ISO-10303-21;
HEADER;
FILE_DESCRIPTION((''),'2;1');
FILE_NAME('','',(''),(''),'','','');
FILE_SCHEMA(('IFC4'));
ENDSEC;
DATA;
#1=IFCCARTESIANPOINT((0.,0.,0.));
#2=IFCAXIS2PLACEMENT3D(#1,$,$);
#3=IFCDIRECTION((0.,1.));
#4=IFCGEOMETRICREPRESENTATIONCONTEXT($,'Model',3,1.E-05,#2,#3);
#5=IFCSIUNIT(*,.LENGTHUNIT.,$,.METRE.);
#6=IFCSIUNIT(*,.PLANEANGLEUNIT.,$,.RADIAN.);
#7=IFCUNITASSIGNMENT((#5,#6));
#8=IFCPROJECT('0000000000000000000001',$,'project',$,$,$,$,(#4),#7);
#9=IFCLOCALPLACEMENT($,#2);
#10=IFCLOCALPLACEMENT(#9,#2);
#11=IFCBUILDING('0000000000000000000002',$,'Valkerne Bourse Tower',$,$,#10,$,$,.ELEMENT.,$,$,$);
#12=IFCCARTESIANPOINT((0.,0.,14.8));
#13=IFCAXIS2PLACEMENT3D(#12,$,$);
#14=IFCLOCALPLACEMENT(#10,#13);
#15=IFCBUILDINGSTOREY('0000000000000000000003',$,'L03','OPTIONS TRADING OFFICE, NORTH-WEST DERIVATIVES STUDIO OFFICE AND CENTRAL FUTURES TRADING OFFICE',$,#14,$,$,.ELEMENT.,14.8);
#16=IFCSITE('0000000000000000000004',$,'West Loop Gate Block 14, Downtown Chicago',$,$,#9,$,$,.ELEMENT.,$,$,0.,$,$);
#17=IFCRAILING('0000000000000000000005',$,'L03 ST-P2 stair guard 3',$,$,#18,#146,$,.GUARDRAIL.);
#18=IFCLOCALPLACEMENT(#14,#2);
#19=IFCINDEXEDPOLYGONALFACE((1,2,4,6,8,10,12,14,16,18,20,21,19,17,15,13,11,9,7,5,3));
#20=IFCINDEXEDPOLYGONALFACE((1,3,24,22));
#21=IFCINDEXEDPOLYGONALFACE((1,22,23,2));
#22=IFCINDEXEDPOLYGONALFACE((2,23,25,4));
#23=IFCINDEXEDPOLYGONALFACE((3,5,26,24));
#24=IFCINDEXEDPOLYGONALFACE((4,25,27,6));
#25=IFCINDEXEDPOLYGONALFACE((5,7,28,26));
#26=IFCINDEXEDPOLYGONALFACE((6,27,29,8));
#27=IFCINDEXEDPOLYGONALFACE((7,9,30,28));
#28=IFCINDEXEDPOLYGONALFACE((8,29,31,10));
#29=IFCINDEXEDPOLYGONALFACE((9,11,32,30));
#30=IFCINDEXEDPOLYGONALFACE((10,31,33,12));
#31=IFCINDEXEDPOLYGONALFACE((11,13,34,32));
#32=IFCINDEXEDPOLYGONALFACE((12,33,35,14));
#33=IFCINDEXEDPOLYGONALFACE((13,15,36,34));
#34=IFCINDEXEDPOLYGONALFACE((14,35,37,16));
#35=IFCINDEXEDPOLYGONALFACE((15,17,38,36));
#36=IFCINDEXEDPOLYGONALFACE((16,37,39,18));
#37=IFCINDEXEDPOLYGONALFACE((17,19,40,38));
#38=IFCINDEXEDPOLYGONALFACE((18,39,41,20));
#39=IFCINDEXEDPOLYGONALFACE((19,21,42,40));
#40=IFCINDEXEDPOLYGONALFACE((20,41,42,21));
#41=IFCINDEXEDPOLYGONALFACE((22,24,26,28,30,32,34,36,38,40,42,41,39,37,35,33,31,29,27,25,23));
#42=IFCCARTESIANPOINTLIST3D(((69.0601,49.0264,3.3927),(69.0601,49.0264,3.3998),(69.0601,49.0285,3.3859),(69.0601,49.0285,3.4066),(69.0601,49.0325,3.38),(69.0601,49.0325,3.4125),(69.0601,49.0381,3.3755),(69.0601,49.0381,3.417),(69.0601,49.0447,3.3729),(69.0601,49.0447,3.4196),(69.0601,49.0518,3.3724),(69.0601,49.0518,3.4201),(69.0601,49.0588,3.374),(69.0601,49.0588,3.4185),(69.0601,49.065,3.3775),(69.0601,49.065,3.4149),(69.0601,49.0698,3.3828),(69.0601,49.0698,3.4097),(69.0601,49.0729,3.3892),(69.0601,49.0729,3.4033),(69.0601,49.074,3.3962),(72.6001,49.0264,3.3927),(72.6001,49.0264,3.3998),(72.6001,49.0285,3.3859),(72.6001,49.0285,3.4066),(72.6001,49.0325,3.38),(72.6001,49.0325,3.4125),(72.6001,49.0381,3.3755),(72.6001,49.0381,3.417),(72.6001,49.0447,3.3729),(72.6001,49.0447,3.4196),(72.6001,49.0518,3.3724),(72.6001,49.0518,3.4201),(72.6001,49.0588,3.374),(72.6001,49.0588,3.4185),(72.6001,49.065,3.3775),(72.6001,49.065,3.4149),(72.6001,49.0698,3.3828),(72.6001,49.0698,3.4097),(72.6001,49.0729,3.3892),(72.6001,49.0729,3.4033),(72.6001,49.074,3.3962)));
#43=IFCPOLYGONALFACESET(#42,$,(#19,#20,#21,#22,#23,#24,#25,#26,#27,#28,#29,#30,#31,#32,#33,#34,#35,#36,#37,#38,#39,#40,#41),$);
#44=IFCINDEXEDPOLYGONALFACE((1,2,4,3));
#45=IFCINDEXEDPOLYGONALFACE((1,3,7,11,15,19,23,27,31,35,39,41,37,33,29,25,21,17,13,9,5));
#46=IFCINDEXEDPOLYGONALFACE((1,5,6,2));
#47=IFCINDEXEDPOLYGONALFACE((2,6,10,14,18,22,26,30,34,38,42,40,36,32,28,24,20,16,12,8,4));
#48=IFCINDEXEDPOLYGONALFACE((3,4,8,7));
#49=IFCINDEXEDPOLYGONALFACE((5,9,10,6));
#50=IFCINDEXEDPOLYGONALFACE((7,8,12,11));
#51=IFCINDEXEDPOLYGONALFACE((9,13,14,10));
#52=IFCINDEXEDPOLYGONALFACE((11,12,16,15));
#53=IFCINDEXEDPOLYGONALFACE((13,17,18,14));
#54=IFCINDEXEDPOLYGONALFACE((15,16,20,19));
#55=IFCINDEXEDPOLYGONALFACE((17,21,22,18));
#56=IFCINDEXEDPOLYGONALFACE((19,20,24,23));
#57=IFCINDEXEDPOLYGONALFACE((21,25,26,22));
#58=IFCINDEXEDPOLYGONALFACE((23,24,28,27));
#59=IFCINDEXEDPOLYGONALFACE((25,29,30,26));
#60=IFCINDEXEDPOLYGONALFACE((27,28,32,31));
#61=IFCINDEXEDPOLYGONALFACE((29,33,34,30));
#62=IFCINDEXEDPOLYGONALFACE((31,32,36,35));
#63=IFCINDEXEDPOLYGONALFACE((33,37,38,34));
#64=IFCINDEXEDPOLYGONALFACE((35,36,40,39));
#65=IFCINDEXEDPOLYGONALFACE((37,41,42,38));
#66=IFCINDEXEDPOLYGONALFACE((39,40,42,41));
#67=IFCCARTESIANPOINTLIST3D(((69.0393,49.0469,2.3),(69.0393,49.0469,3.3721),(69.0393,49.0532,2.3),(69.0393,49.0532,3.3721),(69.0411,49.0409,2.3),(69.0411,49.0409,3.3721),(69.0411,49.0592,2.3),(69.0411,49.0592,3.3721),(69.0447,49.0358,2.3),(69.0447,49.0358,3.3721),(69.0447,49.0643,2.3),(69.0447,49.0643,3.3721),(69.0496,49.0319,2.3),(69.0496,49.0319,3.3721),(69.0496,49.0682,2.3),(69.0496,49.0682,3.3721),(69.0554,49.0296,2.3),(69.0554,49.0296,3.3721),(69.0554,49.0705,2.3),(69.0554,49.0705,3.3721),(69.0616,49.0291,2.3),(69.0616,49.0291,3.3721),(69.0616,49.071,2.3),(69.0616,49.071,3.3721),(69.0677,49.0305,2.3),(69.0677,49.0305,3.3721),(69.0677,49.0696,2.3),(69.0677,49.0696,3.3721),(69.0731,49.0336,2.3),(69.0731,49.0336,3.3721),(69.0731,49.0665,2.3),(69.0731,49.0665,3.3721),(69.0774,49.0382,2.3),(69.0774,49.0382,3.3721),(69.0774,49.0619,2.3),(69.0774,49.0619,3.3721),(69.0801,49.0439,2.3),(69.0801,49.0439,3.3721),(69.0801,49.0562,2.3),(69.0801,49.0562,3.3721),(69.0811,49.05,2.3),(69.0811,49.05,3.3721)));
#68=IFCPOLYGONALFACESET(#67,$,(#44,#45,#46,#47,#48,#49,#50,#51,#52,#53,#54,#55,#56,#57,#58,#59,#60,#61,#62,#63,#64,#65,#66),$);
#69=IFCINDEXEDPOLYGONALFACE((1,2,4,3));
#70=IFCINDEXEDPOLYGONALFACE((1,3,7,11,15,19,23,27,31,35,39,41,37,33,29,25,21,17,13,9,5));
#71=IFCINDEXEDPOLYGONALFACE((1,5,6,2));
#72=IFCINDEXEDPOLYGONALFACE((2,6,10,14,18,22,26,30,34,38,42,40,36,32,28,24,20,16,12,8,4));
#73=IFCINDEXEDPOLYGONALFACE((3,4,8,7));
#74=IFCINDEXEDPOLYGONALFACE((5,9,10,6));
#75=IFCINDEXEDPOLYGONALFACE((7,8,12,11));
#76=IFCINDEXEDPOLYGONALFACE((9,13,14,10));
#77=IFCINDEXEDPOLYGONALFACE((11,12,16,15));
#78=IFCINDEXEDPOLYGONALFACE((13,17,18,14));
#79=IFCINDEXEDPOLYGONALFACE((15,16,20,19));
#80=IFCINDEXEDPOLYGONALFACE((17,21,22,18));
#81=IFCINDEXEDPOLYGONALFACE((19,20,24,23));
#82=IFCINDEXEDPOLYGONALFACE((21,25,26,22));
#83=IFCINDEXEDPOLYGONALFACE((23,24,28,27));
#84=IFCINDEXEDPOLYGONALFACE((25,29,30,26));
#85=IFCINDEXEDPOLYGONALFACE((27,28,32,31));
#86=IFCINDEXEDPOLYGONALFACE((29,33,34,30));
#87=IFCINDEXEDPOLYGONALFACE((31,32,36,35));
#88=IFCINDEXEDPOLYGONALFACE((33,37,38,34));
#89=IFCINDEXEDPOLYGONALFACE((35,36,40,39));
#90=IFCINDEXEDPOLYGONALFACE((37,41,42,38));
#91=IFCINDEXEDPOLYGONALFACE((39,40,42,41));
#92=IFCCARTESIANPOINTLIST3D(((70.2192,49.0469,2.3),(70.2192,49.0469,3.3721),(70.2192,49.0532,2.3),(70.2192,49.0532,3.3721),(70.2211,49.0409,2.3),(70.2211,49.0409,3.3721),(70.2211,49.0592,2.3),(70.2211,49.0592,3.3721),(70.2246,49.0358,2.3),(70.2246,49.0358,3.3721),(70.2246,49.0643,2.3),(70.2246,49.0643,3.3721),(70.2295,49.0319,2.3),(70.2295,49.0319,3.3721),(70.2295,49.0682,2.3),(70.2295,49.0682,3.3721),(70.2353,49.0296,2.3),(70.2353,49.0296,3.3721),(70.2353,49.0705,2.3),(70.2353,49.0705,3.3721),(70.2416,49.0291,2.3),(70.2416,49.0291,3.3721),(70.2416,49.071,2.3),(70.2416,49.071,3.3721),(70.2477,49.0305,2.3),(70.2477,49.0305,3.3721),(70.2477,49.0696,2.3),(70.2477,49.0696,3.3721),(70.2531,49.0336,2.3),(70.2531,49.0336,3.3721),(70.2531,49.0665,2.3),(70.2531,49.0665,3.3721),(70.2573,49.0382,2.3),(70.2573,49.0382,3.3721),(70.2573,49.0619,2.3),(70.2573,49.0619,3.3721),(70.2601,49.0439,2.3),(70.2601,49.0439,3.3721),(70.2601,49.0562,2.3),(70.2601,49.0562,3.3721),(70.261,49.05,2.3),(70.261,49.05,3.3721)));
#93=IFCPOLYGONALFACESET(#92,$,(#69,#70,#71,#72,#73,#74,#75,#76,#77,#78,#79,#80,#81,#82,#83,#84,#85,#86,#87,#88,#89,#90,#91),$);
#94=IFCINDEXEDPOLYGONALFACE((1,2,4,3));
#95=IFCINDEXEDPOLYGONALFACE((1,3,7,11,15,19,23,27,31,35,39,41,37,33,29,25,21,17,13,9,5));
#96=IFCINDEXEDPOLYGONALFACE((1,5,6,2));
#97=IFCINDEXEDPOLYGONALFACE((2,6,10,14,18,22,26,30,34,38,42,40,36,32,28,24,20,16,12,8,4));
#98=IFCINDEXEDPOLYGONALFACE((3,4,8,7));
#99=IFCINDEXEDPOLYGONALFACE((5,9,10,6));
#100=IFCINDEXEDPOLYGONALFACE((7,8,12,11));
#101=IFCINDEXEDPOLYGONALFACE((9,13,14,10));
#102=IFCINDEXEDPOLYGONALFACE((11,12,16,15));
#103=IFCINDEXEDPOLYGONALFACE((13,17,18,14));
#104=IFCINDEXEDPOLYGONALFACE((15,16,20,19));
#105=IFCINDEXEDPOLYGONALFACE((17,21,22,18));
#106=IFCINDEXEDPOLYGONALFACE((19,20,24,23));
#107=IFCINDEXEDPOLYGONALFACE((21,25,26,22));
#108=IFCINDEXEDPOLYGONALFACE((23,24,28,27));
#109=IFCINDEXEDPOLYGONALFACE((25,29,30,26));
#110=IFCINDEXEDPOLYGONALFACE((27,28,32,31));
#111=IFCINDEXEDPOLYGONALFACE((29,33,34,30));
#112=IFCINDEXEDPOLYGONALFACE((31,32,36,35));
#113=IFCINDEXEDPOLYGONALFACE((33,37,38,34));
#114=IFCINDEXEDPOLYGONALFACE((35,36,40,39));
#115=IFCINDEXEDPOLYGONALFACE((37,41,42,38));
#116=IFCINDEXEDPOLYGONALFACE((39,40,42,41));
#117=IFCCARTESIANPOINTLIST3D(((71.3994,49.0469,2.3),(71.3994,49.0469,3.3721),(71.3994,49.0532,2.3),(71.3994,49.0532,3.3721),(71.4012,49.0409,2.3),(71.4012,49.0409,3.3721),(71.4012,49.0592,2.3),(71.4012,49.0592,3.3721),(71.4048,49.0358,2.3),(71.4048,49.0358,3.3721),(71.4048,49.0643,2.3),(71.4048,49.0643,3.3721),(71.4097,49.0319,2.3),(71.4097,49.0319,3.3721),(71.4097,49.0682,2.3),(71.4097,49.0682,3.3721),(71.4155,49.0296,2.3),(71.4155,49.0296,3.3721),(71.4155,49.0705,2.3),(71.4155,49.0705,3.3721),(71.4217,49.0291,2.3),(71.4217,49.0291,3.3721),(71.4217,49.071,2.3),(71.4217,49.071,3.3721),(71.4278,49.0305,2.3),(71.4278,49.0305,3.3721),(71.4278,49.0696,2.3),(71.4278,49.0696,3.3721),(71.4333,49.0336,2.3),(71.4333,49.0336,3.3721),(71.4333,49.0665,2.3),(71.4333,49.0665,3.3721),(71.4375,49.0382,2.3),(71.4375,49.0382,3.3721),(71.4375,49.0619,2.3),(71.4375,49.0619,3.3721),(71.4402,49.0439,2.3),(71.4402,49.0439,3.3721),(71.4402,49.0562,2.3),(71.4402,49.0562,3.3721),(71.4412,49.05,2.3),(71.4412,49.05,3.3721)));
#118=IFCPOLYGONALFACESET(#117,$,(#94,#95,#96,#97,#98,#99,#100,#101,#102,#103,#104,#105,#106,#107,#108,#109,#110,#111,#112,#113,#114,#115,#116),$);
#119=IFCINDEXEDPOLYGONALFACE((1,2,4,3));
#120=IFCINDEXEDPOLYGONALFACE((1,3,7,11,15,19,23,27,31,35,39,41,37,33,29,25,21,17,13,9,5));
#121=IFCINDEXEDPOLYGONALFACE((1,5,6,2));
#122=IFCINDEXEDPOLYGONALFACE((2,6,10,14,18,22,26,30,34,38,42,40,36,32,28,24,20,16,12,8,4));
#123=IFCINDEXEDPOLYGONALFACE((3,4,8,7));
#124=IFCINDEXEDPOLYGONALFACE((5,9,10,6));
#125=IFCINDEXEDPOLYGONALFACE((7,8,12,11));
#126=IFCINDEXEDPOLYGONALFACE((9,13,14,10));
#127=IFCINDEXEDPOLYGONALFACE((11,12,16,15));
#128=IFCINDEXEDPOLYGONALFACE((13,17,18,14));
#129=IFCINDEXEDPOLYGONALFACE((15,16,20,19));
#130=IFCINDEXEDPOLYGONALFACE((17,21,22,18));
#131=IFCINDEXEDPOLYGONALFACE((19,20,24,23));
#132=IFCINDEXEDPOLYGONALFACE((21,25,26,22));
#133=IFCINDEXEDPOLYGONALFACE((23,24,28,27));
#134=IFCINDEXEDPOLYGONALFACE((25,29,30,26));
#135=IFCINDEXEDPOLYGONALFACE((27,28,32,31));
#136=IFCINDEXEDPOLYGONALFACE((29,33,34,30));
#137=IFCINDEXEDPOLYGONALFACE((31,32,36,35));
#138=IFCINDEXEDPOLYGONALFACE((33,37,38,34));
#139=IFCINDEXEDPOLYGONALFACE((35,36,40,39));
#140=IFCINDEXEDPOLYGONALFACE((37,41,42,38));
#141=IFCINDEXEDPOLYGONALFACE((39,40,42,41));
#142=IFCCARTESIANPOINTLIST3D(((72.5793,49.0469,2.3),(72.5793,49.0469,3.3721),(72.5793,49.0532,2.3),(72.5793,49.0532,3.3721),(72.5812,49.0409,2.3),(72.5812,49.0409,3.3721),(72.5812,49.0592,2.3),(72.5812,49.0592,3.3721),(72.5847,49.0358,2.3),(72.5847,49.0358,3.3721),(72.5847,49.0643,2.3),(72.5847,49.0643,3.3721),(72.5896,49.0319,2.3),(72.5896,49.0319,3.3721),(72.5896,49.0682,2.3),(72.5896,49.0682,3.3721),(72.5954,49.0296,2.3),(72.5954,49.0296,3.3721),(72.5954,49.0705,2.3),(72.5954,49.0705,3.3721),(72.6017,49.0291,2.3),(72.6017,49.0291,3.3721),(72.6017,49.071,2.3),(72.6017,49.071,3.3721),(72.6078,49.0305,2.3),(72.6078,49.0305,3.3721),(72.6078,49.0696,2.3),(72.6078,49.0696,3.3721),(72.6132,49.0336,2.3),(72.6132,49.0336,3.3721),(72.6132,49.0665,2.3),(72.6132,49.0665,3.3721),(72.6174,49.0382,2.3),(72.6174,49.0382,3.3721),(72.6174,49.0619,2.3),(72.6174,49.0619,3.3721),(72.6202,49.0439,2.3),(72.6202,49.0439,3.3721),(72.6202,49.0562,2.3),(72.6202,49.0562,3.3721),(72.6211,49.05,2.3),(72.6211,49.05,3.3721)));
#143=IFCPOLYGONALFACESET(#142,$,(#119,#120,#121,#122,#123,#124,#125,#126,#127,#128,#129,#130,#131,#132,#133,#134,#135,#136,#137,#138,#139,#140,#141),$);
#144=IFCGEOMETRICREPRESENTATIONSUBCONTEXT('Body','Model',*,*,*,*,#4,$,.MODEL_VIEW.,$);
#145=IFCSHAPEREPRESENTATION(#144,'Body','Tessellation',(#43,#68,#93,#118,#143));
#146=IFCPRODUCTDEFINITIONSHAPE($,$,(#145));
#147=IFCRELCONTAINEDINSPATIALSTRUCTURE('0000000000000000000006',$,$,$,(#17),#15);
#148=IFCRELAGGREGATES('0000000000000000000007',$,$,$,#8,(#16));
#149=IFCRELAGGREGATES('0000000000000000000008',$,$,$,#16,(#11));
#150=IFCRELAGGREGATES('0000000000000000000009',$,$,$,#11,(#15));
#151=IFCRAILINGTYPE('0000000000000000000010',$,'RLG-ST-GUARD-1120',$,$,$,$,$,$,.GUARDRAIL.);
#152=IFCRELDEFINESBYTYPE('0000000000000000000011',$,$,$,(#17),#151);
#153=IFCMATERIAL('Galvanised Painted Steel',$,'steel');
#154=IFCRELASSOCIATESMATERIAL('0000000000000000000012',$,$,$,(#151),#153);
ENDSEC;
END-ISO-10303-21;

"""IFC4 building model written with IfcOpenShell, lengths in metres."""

from ifc_helpers import new_model, si_unit, direction, frame, origin, origin_2d, place, context, subcontext, project, spatial, circle, extrude, material, type_object, element, save


model = new_model("IFC4")

# Units and contexts
model_context = context("Model", 3, precision=1e-05, world=origin(), true_north=direction((0.0, 1.0)))
body_context = subcontext(model_context, "Body", "Model", "MODEL_VIEW")
ifc_project = project(units=[si_unit("LENGTHUNIT", "METRE"), si_unit("PLANEANGLEUNIT", "RADIAN")], contexts=[model_context])

# Site, building, storey
site_placement = place(None, origin())
site = spatial("IfcSite", under=ifc_project, at=site_placement, Name="West Loop Gate Block 14, Downtown Chicago", CompositionType="ELEMENT", RefElevation=0.0)
building_placement = place(site_placement, origin())
building = spatial("IfcBuilding", under=site, at=building_placement, Name="Valkerne Bourse Tower", CompositionType="ELEMENT")
storey_placement = place(building_placement, frame((0.0, 0.0, 14.8)))
storey = spatial("IfcBuildingStorey", under=building, at=storey_placement, Name="L03", Description="OPTIONS TRADING OFFICE, NORTH-WEST DERIVATIVES STUDIO OFFICE AND CENTRAL FUTURES TRADING OFFICE", CompositionType="ELEMENT", Elevation=14.8)

# Railing
ifc_material_1 = material(Name="Galvanised Painted Steel", Category="steel")
railing_type_1 = type_object("IfcRailingType", Name="RLG-ST-GUARD-1120", PredefinedType="GUARDRAIL", material=ifc_material_1)
for number, where, name in (
    (1, (69.0601, 49.05, 2.3), "L03 ST-P2 stair guard 3"),
):
    element("IfcRailing", number, at=place(storey_placement, frame(where)), inside=storey, type_object=railing_type_1, Name=name, PredefinedType="GUARDRAIL", context=body_context, shape_type="SweptSolid", body=[
        extrude(circle(Radius=0.0239, at=origin_2d()), frame((0.0, 0.0, 1.0962), z_axis=(1.0, 0.0, 0.0), x_axis=(0.0, 1.0, 0.0)), (0.0, 0.0, 1.0), 3.54),
        extrude(circle(Radius=0.021, at=origin_2d()), origin(), (0.0, 0.0, 1.0), 1.072),
        extrude(circle(Radius=0.021, at=origin_2d()), frame((1.1799, 0.0, 0.0)), (0.0, 0.0, 1.0), 1.072),
        extrude(circle(Radius=0.021, at=origin_2d()), frame((2.3601, 0.0, 0.0)), (0.0, 0.0, 1.0), 1.072),
        extrude(circle(Radius=0.021, at=origin_2d()), frame((3.54, 0.0, 0.0)), (0.0, 0.0, 1.0), 1.072),
    ])

save(model, "model.ifc")
